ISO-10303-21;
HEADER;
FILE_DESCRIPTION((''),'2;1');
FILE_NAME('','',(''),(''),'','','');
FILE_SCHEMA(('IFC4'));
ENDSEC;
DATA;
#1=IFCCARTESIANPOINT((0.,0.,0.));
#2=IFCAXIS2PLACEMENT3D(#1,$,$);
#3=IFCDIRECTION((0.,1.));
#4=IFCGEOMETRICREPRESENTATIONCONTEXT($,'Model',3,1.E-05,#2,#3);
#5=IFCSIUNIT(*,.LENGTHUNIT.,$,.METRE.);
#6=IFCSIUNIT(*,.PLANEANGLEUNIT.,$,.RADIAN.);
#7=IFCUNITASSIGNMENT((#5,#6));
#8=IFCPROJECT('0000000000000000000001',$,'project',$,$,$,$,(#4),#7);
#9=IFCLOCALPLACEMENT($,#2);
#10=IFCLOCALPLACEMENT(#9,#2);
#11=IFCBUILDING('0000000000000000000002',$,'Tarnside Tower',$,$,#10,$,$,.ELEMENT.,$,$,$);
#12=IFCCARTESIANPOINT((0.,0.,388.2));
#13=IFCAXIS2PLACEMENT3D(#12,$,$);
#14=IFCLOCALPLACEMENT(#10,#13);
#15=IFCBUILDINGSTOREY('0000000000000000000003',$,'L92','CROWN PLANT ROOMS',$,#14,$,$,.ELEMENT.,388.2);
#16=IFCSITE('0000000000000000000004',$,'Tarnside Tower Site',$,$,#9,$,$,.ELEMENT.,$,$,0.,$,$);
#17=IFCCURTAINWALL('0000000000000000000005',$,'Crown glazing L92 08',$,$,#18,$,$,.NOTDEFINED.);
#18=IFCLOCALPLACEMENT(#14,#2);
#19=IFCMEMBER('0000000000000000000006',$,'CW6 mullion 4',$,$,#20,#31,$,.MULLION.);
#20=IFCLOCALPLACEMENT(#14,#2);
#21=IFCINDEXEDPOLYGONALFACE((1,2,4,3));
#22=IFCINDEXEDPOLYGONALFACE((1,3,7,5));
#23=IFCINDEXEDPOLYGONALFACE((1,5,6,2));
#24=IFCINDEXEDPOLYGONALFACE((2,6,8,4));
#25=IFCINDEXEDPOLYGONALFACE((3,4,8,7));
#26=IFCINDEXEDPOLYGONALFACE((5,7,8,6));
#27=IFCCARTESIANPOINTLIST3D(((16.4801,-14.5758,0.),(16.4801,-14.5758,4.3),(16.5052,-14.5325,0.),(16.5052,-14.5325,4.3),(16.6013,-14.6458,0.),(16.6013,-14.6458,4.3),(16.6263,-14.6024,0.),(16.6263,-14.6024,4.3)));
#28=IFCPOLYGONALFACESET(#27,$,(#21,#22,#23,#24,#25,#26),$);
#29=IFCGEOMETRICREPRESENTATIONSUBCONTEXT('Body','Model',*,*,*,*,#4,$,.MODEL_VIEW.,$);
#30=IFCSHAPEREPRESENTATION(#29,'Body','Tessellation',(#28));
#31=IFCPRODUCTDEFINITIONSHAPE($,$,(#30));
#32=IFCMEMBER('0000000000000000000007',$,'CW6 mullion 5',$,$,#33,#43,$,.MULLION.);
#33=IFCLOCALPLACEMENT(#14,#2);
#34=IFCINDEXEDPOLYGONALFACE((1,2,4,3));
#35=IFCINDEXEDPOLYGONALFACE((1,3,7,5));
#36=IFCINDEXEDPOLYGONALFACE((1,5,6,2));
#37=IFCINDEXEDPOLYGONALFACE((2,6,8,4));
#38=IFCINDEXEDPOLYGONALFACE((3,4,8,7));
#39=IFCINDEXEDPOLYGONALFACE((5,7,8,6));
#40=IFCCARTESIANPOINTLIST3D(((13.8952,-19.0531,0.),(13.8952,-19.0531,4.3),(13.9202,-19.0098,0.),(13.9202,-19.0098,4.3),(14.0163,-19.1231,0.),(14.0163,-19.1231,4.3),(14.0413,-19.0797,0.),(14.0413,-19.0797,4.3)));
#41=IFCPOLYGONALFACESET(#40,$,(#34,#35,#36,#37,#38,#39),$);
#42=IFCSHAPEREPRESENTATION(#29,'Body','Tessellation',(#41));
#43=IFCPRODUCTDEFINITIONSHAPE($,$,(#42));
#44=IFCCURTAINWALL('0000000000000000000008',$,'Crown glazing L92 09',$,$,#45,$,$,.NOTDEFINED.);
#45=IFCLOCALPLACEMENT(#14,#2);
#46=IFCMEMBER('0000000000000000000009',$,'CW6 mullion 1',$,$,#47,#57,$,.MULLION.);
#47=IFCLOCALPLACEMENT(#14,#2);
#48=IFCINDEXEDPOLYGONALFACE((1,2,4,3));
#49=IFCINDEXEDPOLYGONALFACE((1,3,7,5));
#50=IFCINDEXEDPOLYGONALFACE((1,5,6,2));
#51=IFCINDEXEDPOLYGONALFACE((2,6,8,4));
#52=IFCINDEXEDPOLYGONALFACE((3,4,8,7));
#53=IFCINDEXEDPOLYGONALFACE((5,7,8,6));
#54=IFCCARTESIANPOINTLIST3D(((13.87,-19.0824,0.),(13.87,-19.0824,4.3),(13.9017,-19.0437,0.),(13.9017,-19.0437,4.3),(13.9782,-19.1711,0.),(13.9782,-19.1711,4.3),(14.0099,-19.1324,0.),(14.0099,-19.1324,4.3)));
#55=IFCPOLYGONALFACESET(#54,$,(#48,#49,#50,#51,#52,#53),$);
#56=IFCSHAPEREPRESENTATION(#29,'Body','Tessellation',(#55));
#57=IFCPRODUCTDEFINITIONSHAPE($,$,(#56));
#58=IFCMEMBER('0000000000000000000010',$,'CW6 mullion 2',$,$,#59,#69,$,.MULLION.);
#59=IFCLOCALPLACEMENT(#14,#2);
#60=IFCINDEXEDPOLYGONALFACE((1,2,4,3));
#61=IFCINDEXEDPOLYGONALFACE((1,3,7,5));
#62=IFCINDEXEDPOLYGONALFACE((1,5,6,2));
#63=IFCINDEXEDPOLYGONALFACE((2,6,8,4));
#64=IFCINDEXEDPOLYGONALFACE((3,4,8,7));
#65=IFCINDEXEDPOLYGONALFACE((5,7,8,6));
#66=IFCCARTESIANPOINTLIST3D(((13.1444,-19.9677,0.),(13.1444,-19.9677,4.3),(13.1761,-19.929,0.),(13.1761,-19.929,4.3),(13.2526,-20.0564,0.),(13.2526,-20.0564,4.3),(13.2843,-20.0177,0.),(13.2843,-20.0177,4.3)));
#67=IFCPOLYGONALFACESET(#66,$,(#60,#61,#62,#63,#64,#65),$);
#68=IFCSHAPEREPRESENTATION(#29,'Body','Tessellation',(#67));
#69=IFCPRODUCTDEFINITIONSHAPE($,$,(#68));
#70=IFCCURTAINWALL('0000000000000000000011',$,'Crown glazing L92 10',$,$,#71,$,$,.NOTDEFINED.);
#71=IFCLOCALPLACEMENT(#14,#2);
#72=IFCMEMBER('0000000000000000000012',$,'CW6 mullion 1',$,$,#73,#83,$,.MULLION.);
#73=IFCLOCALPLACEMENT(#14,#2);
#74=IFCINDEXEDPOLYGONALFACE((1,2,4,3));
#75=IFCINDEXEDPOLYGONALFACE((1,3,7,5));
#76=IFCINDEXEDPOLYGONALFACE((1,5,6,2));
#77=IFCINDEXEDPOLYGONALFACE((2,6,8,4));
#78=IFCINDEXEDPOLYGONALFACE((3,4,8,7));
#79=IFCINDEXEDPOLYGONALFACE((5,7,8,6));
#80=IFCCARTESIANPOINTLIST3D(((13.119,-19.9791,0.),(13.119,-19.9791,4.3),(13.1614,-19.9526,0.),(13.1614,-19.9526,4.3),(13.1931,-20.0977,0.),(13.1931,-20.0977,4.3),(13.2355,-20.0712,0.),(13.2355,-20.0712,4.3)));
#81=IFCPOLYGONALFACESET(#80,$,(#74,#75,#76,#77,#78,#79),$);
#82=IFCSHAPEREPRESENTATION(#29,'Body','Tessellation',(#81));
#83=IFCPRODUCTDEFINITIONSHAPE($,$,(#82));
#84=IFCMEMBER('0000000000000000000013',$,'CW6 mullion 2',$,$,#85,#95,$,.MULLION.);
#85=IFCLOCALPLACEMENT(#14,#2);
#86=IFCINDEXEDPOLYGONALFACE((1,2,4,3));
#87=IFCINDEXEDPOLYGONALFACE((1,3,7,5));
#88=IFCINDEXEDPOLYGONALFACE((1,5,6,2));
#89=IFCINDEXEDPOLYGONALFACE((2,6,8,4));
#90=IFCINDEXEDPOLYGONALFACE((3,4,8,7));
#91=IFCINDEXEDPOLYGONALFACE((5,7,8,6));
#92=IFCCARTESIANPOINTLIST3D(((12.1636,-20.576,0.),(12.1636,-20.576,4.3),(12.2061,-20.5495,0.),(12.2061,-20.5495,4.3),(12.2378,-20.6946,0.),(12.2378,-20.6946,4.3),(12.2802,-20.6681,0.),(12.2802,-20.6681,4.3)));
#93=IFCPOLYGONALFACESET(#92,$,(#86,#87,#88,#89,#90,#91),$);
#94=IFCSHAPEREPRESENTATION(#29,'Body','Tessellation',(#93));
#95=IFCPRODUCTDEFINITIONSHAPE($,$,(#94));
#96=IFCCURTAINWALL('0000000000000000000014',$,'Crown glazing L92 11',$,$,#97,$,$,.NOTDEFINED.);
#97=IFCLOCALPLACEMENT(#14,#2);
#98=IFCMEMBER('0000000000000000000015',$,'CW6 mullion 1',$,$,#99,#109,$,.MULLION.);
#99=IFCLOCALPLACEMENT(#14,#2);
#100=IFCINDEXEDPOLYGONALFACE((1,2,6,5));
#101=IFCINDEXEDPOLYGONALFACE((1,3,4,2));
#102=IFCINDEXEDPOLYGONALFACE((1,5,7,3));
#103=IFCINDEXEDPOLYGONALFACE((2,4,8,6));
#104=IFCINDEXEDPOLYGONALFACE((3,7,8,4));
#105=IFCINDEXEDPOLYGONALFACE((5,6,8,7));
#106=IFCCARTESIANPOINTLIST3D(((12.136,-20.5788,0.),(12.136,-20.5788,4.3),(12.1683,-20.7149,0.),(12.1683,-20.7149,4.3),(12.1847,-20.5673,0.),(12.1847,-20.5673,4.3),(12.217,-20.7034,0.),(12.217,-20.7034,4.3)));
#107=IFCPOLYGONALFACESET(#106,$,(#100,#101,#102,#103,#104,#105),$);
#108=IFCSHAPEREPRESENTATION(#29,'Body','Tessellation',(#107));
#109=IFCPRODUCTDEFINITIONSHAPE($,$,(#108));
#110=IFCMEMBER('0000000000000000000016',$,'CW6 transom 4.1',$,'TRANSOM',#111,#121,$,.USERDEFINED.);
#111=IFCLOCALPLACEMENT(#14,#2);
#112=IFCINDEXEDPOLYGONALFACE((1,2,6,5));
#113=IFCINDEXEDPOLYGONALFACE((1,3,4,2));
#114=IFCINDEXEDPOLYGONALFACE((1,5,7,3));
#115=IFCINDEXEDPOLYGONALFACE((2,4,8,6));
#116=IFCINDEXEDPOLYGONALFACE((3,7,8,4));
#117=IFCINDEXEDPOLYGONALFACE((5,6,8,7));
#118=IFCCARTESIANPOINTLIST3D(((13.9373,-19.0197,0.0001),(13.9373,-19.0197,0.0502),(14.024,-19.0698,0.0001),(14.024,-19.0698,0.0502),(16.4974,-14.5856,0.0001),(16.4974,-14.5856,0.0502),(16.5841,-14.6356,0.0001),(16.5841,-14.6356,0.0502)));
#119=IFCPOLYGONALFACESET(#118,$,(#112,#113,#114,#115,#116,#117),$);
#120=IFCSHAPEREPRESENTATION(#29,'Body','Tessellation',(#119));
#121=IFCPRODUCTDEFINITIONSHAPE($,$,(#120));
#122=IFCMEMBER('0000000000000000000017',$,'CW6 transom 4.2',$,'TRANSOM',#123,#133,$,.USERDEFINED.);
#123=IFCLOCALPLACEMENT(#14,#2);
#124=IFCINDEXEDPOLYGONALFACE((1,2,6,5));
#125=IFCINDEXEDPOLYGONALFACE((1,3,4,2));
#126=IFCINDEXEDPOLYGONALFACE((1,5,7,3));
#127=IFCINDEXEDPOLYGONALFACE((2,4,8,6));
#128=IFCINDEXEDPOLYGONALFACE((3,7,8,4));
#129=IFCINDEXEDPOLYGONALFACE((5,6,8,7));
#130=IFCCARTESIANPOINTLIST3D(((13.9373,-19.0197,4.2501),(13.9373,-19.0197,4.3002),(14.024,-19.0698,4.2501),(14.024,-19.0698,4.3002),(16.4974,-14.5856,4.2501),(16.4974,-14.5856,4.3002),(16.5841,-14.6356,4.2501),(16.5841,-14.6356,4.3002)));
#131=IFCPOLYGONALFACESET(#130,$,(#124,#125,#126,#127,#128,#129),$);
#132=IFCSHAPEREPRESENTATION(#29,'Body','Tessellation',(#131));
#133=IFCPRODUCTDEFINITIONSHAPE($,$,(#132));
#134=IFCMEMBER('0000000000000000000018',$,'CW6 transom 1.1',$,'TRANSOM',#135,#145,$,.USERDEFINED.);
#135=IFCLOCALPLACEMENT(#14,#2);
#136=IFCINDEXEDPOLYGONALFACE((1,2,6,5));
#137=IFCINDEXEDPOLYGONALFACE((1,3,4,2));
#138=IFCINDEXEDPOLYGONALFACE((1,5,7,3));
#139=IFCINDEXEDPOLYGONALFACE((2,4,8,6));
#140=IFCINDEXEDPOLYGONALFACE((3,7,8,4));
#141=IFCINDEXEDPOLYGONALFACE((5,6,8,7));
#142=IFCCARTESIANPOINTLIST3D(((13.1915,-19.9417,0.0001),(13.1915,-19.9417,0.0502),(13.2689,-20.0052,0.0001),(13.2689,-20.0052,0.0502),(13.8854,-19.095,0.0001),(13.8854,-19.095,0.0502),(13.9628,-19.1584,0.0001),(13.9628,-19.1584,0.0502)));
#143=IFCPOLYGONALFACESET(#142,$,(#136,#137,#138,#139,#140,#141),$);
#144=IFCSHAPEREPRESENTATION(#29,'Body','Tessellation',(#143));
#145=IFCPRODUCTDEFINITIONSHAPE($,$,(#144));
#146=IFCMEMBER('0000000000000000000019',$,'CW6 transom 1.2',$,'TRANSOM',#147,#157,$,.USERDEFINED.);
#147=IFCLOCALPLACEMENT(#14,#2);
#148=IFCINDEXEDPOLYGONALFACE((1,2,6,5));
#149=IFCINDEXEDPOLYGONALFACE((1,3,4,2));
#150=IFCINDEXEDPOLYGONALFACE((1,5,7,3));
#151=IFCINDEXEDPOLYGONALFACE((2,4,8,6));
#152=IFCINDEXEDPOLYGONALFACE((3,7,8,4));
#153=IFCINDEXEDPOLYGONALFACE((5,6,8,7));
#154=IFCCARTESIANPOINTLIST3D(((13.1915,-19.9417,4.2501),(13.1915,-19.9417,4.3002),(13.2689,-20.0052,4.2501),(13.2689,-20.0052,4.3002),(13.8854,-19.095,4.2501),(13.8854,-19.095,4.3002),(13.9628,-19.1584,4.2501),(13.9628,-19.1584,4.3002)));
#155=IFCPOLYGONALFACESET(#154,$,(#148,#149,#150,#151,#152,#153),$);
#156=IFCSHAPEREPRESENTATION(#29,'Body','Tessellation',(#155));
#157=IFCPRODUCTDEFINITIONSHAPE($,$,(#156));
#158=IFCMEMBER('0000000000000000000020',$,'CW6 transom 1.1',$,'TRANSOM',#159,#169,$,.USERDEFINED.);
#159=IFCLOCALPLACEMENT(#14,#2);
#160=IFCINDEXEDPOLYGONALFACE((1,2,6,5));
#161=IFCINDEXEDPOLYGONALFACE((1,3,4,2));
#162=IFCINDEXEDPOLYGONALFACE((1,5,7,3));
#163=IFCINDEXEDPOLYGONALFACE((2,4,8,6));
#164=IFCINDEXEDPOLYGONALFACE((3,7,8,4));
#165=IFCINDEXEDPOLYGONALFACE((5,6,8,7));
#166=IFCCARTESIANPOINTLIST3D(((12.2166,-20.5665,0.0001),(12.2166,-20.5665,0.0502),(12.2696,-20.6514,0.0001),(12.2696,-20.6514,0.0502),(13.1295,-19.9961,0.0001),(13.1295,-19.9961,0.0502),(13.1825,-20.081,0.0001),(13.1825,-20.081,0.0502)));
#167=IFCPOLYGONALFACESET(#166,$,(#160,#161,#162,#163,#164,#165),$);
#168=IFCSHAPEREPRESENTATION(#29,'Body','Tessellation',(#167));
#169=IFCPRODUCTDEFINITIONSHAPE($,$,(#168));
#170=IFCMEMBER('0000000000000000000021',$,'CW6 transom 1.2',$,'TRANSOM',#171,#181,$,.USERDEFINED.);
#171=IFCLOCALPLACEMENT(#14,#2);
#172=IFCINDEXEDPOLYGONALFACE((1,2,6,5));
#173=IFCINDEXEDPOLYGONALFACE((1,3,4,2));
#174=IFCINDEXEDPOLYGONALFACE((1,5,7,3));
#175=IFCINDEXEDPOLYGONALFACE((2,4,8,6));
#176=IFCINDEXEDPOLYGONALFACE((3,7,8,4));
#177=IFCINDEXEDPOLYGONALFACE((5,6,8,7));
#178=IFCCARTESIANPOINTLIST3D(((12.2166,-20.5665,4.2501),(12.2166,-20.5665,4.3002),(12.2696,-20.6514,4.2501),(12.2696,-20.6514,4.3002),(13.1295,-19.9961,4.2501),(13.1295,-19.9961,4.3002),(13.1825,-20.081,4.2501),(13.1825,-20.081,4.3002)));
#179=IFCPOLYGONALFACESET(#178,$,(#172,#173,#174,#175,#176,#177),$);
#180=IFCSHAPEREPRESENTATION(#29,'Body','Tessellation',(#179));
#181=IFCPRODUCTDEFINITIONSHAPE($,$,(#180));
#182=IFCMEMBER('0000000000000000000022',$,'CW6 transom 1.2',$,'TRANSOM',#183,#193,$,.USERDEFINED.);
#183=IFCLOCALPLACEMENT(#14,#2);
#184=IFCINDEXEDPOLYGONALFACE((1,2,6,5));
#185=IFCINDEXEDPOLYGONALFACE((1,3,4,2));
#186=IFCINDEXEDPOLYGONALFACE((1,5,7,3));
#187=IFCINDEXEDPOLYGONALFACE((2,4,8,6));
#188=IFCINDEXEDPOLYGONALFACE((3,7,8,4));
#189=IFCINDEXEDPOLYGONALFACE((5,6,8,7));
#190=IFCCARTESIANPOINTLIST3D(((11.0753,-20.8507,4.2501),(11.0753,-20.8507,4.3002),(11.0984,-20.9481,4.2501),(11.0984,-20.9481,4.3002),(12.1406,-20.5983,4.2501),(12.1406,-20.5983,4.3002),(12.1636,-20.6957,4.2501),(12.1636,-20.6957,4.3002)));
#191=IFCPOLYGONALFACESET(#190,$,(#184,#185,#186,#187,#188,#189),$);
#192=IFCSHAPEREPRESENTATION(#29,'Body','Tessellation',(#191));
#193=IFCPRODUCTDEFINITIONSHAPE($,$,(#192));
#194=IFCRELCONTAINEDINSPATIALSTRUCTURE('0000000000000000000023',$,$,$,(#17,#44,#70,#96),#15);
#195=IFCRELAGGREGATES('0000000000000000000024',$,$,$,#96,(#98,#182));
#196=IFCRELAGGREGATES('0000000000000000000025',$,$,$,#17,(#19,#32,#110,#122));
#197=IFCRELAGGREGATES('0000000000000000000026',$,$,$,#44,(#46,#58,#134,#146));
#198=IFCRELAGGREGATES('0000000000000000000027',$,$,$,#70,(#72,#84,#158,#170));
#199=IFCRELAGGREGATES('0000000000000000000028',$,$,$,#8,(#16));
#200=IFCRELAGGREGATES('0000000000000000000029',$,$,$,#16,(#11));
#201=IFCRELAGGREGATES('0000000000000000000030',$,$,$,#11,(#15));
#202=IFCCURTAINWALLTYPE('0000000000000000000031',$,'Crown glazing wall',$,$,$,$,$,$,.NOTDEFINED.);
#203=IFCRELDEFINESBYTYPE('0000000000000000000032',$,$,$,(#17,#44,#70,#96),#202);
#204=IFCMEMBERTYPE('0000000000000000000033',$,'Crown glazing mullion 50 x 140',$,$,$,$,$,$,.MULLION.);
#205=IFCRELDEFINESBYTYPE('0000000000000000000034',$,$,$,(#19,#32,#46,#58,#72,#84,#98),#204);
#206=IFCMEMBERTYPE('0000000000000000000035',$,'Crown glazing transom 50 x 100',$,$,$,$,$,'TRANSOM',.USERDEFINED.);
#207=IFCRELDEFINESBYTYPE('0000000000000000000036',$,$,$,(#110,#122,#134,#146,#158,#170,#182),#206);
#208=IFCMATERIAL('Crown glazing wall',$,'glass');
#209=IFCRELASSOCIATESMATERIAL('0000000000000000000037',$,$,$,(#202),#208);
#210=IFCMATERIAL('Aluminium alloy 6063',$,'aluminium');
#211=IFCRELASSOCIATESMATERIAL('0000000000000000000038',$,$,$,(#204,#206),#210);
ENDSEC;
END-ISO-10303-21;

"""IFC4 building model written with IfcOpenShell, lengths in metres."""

from ifc_helpers import new_model, si_unit, direction, frame, origin, origin_2d, place, context, subcontext, project, spatial, rectangle, extrude, material, material_profile, profile_set, type_object, element, aggregate, save


model = new_model("IFC4")

# Units and contexts
model_context = context("Model", 3, precision=1e-05, world=origin(), true_north=direction((0.0, 1.0)))
body_context = subcontext(model_context, "Body", "Model", "MODEL_VIEW")
ifc_project = project(units=[si_unit("LENGTHUNIT", "METRE"), si_unit("PLANEANGLEUNIT", "RADIAN")], contexts=[model_context])

# Site, building, storey
site_placement = place(None, origin())
site = spatial("IfcSite", under=ifc_project, at=site_placement, Name="Tarnside Tower Site", CompositionType="ELEMENT", RefElevation=0.0)
building_placement = place(site_placement, origin())
building = spatial("IfcBuilding", under=site, at=building_placement, Name="Tarnside Tower", CompositionType="ELEMENT")
storey_placement = place(building_placement, frame((0.0, 0.0, 388.2)))
storey = spatial("IfcBuildingStorey", under=building, at=storey_placement, Name="L92", Description="CROWN PLANT ROOMS", CompositionType="ELEMENT", Elevation=388.2)

# Curtain walls, members
ifc_material_1 = material(Name="Crown glazing wall", Category="glass")
curtain_wall_type = type_object("IfcCurtainWallType", Name="Crown glazing wall", PredefinedType="NOTDEFINED", material=ifc_material_1)
curtain_wall_1_placement = place(storey_placement, origin())
curtain_wall_1 = element("IfcCurtainWall", 1, at=curtain_wall_1_placement, inside=storey, type_object=curtain_wall_type, Name="Crown glazing L92 08", PredefinedType="NOTDEFINED")
ifc_material_2 = material(Name="Aluminium alloy 6063", Category="aluminium")
ifc_material_profile_1 = material_profile(ifc_material_2, rectangle(XDim=0.1399, YDim=0.05, at=origin_2d()), Name="Crown glazing mullion 50 x 140")
ifc_profile_set_1 = profile_set([ifc_material_profile_1], Name="Aluminium alloy 6063")
member_type_1 = type_object("IfcMemberType", Name="Crown glazing mullion 50 x 140", PredefinedType="MULLION", material=ifc_profile_set_1)
member_1_placement = place(storey_placement, frame((16.5532, -14.5891, 0.0), z_axis=(0.0, 0.0, 1.0), x_axis=(0.866025, -0.5, 0.0)))
member_1 = element("IfcMember", 2, at=member_1_placement, type_object=member_type_1, Name="CW6 mullion 4", PredefinedType="MULLION", context=body_context, shape_type="SweptSolid", body=[
    extrude(rectangle(XDim=0.1399, YDim=0.05, at=origin_2d()), origin(), (0.0, 0.0, 1.0), 4.3),
])
member_2_placement = place(storey_placement, frame((13.9683, -19.0664, 0.0), z_axis=(0.0, 0.0, 1.0), x_axis=(0.866025, -0.5, 0.0)))
member_2 = element("IfcMember", 3, at=member_2_placement, type_object=member_type_1, Name="CW6 mullion 5", PredefinedType="MULLION", context=body_context, shape_type="SweptSolid", body=[
    extrude(rectangle(XDim=0.1399, YDim=0.05, at=origin_2d()), origin(), (0.0, 0.0, 1.0), 4.3),
])
curtain_wall_2_placement = place(storey_placement, origin())
curtain_wall_2 = element("IfcCurtainWall", 4, at=curtain_wall_2_placement, inside=storey, type_object=curtain_wall_type, Name="Crown glazing L92 09", PredefinedType="NOTDEFINED")
member_3_placement = place(storey_placement, frame((13.9399, -19.1074, 0.0), z_axis=(0.0, 0.0, 1.0), x_axis=(0.773472, -0.633831, 0.0)))
member_3 = element("IfcMember", 5, at=member_3_placement, type_object=member_type_1, Name="CW6 mullion 1", PredefinedType="MULLION", context=body_context, shape_type="SweptSolid", body=[
    extrude(rectangle(XDim=0.1399, YDim=0.05, at=origin_2d()), origin(), (0.0, 0.0, 1.0), 4.3),
])
member_4_placement = place(storey_placement, frame((13.2144, -19.9927, 0.0), z_axis=(0.0, 0.0, 1.0), x_axis=(0.773472, -0.633831, 0.0)))
member_4 = element("IfcMember", 6, at=member_4_placement, type_object=member_type_1, Name="CW6 mullion 2", PredefinedType="MULLION", context=body_context, shape_type="SweptSolid", body=[
    extrude(rectangle(XDim=0.1399, YDim=0.05, at=origin_2d()), origin(), (0.0, 0.0, 1.0), 4.3),
])
curtain_wall_3_placement = place(storey_placement, origin())
curtain_wall_3 = element("IfcCurtainWall", 7, at=curtain_wall_3_placement, inside=storey, type_object=curtain_wall_type, Name="Crown glazing L92 10", PredefinedType="NOTDEFINED")
member_5_placement = place(storey_placement, frame((13.1772, -20.0251, 0.0), z_axis=(0.0, 0.0, 1.0), x_axis=(0.529919, -0.848048, 0.0)))
member_5 = element("IfcMember", 8, at=member_5_placement, type_object=member_type_1, Name="CW6 mullion 1", PredefinedType="MULLION", context=body_context, shape_type="SweptSolid", body=[
    extrude(rectangle(XDim=0.1399, YDim=0.05, at=origin_2d()), origin(), (0.0, 0.0, 1.0), 4.3),
])
member_6_placement = place(storey_placement, frame((12.2219, -20.6221, 0.0), z_axis=(0.0, 0.0, 1.0), x_axis=(0.529919, -0.848048, 0.0)))
member_6 = element("IfcMember", 9, at=member_6_placement, type_object=member_type_1, Name="CW6 mullion 2", PredefinedType="MULLION", context=body_context, shape_type="SweptSolid", body=[
    extrude(rectangle(XDim=0.1399, YDim=0.05, at=origin_2d()), origin(), (0.0, 0.0, 1.0), 4.3),
])

# Curtain wall, member
curtain_wall_4_placement = place(storey_placement, origin())
curtain_wall_4 = element("IfcCurtainWall", 10, at=curtain_wall_4_placement, inside=storey, type_object=curtain_wall_type, Name="Crown glazing L92 11", PredefinedType="NOTDEFINED")
member_7_placement = place(storey_placement, frame((12.1765, -20.6411, 0.0), z_axis=(0.0, 0.0, 1.0), x_axis=(0.230616, -0.973045, 0.0)))
member_7 = element("IfcMember", 11, at=member_7_placement, type_object=member_type_1, Name="CW6 mullion 1", PredefinedType="MULLION", context=body_context, shape_type="SweptSolid", body=[
    extrude(rectangle(XDim=0.1399, YDim=0.05, at=origin_2d()), origin(), (0.0, 0.0, 1.0), 4.3),
])

# Members
ifc_material_profile_2 = material_profile(ifc_material_2, rectangle(XDim=0.1001, YDim=0.05, at=origin_2d()), Name="Crown glazing transom 50 x 100")
ifc_profile_set_2 = profile_set([ifc_material_profile_2], Name="Aluminium alloy 6063")
member_type_2 = type_object("IfcMemberType", Name="Crown glazing transom 50 x 100", ElementType="TRANSOM", PredefinedType="USERDEFINED", material=ifc_profile_set_2)
member_8_placement = place(storey_placement, frame((16.5408, -14.6106, 0.0251), z_axis=(-0.500006, -0.866022, 0.0), x_axis=(0.866022, -0.500006, 0.0)))
member_8 = element("IfcMember", 12, at=member_8_placement, type_object=member_type_2, Name="CW6 transom 4.1", ObjectType="TRANSOM", PredefinedType="USERDEFINED", context=body_context, shape_type="SweptSolid", body=[
    extrude(rectangle(XDim=0.1001, YDim=0.05, at=origin_2d()), origin(), (0.0, 0.0, 1.0), 5.1201),
])
member_9_placement = place(storey_placement, frame((16.5408, -14.6106, 4.2751), z_axis=(-0.500006, -0.866022, 0.0), x_axis=(0.866022, -0.500006, 0.0)))
member_9 = element("IfcMember", 13, at=member_9_placement, type_object=member_type_2, Name="CW6 transom 4.2", ObjectType="TRANSOM", PredefinedType="USERDEFINED", context=body_context, shape_type="SweptSolid", body=[
    extrude(rectangle(XDim=0.1001, YDim=0.05, at=origin_2d()), origin(), (0.0, 0.0, 1.0), 5.1201),
])
member_10_placement = place(storey_placement, frame((13.9241, -19.1267, 0.0251), z_axis=(-0.633845, -0.77346, 0.0), x_axis=(0.77346, -0.633845, 0.0)))
member_10 = element("IfcMember", 14, at=member_10_placement, type_object=member_type_2, Name="CW6 transom 1.1", ObjectType="TRANSOM", PredefinedType="USERDEFINED", context=body_context, shape_type="SweptSolid", body=[
    extrude(rectangle(XDim=0.1001, YDim=0.05, at=origin_2d()), origin(), (0.0, 0.0, 1.0), 1.0947),
])
member_11_placement = place(storey_placement, frame((13.9241, -19.1267, 4.2751), z_axis=(-0.633845, -0.77346, 0.0), x_axis=(0.77346, -0.633845, 0.0)))
member_11 = element("IfcMember", 15, at=member_11_placement, type_object=member_type_2, Name="CW6 transom 1.2", ObjectType="TRANSOM", PredefinedType="USERDEFINED", context=body_context, shape_type="SweptSolid", body=[
    extrude(rectangle(XDim=0.1001, YDim=0.05, at=origin_2d()), origin(), (0.0, 0.0, 1.0), 1.0947),
])
member_12_placement = place(storey_placement, frame((13.156, -20.0386, 0.0251), z_axis=(-0.848087, -0.529856, 0.0), x_axis=(0.529856, -0.848087, 0.0)))
member_12 = element("IfcMember", 16, at=member_12_placement, type_object=member_type_2, Name="CW6 transom 1.1", ObjectType="TRANSOM", PredefinedType="USERDEFINED", context=body_context, shape_type="SweptSolid", body=[
    extrude(rectangle(XDim=0.1001, YDim=0.05, at=origin_2d()), origin(), (0.0, 0.0, 1.0), 1.0764),
])
member_13_placement = place(storey_placement, frame((13.156, -20.0386, 4.2751), z_axis=(-0.848087, -0.529856, 0.0), x_axis=(0.529856, -0.848087, 0.0)))
member_13 = element("IfcMember", 17, at=member_13_placement, type_object=member_type_2, Name="CW6 transom 1.2", ObjectType="TRANSOM", PredefinedType="USERDEFINED", context=body_context, shape_type="SweptSolid", body=[
    extrude(rectangle(XDim=0.1001, YDim=0.05, at=origin_2d()), origin(), (0.0, 0.0, 1.0), 1.0764),
])
member_14_placement = place(storey_placement, frame((12.1521, -20.647, 4.2751), z_axis=(-0.973047, -0.230605, 0.0), x_axis=(0.230605, -0.973047, 0.0)))
member_14 = element("IfcMember", 18, at=member_14_placement, type_object=member_type_2, Name="CW6 transom 1.2", ObjectType="TRANSOM", PredefinedType="USERDEFINED", context=body_context, shape_type="SweptSolid", body=[
    extrude(rectangle(XDim=0.1001, YDim=0.05, at=origin_2d()), origin(), (0.0, 0.0, 1.0), 1.0947),
])
aggregate(curtain_wall_4, [member_7, member_14])

aggregate(curtain_wall_1, [member_1, member_2, member_8, member_9])
aggregate(curtain_wall_2, [member_3, member_4, member_10, member_11])
aggregate(curtain_wall_3, [member_5, member_6, member_12, member_13])

save(model, "model.ifc")
